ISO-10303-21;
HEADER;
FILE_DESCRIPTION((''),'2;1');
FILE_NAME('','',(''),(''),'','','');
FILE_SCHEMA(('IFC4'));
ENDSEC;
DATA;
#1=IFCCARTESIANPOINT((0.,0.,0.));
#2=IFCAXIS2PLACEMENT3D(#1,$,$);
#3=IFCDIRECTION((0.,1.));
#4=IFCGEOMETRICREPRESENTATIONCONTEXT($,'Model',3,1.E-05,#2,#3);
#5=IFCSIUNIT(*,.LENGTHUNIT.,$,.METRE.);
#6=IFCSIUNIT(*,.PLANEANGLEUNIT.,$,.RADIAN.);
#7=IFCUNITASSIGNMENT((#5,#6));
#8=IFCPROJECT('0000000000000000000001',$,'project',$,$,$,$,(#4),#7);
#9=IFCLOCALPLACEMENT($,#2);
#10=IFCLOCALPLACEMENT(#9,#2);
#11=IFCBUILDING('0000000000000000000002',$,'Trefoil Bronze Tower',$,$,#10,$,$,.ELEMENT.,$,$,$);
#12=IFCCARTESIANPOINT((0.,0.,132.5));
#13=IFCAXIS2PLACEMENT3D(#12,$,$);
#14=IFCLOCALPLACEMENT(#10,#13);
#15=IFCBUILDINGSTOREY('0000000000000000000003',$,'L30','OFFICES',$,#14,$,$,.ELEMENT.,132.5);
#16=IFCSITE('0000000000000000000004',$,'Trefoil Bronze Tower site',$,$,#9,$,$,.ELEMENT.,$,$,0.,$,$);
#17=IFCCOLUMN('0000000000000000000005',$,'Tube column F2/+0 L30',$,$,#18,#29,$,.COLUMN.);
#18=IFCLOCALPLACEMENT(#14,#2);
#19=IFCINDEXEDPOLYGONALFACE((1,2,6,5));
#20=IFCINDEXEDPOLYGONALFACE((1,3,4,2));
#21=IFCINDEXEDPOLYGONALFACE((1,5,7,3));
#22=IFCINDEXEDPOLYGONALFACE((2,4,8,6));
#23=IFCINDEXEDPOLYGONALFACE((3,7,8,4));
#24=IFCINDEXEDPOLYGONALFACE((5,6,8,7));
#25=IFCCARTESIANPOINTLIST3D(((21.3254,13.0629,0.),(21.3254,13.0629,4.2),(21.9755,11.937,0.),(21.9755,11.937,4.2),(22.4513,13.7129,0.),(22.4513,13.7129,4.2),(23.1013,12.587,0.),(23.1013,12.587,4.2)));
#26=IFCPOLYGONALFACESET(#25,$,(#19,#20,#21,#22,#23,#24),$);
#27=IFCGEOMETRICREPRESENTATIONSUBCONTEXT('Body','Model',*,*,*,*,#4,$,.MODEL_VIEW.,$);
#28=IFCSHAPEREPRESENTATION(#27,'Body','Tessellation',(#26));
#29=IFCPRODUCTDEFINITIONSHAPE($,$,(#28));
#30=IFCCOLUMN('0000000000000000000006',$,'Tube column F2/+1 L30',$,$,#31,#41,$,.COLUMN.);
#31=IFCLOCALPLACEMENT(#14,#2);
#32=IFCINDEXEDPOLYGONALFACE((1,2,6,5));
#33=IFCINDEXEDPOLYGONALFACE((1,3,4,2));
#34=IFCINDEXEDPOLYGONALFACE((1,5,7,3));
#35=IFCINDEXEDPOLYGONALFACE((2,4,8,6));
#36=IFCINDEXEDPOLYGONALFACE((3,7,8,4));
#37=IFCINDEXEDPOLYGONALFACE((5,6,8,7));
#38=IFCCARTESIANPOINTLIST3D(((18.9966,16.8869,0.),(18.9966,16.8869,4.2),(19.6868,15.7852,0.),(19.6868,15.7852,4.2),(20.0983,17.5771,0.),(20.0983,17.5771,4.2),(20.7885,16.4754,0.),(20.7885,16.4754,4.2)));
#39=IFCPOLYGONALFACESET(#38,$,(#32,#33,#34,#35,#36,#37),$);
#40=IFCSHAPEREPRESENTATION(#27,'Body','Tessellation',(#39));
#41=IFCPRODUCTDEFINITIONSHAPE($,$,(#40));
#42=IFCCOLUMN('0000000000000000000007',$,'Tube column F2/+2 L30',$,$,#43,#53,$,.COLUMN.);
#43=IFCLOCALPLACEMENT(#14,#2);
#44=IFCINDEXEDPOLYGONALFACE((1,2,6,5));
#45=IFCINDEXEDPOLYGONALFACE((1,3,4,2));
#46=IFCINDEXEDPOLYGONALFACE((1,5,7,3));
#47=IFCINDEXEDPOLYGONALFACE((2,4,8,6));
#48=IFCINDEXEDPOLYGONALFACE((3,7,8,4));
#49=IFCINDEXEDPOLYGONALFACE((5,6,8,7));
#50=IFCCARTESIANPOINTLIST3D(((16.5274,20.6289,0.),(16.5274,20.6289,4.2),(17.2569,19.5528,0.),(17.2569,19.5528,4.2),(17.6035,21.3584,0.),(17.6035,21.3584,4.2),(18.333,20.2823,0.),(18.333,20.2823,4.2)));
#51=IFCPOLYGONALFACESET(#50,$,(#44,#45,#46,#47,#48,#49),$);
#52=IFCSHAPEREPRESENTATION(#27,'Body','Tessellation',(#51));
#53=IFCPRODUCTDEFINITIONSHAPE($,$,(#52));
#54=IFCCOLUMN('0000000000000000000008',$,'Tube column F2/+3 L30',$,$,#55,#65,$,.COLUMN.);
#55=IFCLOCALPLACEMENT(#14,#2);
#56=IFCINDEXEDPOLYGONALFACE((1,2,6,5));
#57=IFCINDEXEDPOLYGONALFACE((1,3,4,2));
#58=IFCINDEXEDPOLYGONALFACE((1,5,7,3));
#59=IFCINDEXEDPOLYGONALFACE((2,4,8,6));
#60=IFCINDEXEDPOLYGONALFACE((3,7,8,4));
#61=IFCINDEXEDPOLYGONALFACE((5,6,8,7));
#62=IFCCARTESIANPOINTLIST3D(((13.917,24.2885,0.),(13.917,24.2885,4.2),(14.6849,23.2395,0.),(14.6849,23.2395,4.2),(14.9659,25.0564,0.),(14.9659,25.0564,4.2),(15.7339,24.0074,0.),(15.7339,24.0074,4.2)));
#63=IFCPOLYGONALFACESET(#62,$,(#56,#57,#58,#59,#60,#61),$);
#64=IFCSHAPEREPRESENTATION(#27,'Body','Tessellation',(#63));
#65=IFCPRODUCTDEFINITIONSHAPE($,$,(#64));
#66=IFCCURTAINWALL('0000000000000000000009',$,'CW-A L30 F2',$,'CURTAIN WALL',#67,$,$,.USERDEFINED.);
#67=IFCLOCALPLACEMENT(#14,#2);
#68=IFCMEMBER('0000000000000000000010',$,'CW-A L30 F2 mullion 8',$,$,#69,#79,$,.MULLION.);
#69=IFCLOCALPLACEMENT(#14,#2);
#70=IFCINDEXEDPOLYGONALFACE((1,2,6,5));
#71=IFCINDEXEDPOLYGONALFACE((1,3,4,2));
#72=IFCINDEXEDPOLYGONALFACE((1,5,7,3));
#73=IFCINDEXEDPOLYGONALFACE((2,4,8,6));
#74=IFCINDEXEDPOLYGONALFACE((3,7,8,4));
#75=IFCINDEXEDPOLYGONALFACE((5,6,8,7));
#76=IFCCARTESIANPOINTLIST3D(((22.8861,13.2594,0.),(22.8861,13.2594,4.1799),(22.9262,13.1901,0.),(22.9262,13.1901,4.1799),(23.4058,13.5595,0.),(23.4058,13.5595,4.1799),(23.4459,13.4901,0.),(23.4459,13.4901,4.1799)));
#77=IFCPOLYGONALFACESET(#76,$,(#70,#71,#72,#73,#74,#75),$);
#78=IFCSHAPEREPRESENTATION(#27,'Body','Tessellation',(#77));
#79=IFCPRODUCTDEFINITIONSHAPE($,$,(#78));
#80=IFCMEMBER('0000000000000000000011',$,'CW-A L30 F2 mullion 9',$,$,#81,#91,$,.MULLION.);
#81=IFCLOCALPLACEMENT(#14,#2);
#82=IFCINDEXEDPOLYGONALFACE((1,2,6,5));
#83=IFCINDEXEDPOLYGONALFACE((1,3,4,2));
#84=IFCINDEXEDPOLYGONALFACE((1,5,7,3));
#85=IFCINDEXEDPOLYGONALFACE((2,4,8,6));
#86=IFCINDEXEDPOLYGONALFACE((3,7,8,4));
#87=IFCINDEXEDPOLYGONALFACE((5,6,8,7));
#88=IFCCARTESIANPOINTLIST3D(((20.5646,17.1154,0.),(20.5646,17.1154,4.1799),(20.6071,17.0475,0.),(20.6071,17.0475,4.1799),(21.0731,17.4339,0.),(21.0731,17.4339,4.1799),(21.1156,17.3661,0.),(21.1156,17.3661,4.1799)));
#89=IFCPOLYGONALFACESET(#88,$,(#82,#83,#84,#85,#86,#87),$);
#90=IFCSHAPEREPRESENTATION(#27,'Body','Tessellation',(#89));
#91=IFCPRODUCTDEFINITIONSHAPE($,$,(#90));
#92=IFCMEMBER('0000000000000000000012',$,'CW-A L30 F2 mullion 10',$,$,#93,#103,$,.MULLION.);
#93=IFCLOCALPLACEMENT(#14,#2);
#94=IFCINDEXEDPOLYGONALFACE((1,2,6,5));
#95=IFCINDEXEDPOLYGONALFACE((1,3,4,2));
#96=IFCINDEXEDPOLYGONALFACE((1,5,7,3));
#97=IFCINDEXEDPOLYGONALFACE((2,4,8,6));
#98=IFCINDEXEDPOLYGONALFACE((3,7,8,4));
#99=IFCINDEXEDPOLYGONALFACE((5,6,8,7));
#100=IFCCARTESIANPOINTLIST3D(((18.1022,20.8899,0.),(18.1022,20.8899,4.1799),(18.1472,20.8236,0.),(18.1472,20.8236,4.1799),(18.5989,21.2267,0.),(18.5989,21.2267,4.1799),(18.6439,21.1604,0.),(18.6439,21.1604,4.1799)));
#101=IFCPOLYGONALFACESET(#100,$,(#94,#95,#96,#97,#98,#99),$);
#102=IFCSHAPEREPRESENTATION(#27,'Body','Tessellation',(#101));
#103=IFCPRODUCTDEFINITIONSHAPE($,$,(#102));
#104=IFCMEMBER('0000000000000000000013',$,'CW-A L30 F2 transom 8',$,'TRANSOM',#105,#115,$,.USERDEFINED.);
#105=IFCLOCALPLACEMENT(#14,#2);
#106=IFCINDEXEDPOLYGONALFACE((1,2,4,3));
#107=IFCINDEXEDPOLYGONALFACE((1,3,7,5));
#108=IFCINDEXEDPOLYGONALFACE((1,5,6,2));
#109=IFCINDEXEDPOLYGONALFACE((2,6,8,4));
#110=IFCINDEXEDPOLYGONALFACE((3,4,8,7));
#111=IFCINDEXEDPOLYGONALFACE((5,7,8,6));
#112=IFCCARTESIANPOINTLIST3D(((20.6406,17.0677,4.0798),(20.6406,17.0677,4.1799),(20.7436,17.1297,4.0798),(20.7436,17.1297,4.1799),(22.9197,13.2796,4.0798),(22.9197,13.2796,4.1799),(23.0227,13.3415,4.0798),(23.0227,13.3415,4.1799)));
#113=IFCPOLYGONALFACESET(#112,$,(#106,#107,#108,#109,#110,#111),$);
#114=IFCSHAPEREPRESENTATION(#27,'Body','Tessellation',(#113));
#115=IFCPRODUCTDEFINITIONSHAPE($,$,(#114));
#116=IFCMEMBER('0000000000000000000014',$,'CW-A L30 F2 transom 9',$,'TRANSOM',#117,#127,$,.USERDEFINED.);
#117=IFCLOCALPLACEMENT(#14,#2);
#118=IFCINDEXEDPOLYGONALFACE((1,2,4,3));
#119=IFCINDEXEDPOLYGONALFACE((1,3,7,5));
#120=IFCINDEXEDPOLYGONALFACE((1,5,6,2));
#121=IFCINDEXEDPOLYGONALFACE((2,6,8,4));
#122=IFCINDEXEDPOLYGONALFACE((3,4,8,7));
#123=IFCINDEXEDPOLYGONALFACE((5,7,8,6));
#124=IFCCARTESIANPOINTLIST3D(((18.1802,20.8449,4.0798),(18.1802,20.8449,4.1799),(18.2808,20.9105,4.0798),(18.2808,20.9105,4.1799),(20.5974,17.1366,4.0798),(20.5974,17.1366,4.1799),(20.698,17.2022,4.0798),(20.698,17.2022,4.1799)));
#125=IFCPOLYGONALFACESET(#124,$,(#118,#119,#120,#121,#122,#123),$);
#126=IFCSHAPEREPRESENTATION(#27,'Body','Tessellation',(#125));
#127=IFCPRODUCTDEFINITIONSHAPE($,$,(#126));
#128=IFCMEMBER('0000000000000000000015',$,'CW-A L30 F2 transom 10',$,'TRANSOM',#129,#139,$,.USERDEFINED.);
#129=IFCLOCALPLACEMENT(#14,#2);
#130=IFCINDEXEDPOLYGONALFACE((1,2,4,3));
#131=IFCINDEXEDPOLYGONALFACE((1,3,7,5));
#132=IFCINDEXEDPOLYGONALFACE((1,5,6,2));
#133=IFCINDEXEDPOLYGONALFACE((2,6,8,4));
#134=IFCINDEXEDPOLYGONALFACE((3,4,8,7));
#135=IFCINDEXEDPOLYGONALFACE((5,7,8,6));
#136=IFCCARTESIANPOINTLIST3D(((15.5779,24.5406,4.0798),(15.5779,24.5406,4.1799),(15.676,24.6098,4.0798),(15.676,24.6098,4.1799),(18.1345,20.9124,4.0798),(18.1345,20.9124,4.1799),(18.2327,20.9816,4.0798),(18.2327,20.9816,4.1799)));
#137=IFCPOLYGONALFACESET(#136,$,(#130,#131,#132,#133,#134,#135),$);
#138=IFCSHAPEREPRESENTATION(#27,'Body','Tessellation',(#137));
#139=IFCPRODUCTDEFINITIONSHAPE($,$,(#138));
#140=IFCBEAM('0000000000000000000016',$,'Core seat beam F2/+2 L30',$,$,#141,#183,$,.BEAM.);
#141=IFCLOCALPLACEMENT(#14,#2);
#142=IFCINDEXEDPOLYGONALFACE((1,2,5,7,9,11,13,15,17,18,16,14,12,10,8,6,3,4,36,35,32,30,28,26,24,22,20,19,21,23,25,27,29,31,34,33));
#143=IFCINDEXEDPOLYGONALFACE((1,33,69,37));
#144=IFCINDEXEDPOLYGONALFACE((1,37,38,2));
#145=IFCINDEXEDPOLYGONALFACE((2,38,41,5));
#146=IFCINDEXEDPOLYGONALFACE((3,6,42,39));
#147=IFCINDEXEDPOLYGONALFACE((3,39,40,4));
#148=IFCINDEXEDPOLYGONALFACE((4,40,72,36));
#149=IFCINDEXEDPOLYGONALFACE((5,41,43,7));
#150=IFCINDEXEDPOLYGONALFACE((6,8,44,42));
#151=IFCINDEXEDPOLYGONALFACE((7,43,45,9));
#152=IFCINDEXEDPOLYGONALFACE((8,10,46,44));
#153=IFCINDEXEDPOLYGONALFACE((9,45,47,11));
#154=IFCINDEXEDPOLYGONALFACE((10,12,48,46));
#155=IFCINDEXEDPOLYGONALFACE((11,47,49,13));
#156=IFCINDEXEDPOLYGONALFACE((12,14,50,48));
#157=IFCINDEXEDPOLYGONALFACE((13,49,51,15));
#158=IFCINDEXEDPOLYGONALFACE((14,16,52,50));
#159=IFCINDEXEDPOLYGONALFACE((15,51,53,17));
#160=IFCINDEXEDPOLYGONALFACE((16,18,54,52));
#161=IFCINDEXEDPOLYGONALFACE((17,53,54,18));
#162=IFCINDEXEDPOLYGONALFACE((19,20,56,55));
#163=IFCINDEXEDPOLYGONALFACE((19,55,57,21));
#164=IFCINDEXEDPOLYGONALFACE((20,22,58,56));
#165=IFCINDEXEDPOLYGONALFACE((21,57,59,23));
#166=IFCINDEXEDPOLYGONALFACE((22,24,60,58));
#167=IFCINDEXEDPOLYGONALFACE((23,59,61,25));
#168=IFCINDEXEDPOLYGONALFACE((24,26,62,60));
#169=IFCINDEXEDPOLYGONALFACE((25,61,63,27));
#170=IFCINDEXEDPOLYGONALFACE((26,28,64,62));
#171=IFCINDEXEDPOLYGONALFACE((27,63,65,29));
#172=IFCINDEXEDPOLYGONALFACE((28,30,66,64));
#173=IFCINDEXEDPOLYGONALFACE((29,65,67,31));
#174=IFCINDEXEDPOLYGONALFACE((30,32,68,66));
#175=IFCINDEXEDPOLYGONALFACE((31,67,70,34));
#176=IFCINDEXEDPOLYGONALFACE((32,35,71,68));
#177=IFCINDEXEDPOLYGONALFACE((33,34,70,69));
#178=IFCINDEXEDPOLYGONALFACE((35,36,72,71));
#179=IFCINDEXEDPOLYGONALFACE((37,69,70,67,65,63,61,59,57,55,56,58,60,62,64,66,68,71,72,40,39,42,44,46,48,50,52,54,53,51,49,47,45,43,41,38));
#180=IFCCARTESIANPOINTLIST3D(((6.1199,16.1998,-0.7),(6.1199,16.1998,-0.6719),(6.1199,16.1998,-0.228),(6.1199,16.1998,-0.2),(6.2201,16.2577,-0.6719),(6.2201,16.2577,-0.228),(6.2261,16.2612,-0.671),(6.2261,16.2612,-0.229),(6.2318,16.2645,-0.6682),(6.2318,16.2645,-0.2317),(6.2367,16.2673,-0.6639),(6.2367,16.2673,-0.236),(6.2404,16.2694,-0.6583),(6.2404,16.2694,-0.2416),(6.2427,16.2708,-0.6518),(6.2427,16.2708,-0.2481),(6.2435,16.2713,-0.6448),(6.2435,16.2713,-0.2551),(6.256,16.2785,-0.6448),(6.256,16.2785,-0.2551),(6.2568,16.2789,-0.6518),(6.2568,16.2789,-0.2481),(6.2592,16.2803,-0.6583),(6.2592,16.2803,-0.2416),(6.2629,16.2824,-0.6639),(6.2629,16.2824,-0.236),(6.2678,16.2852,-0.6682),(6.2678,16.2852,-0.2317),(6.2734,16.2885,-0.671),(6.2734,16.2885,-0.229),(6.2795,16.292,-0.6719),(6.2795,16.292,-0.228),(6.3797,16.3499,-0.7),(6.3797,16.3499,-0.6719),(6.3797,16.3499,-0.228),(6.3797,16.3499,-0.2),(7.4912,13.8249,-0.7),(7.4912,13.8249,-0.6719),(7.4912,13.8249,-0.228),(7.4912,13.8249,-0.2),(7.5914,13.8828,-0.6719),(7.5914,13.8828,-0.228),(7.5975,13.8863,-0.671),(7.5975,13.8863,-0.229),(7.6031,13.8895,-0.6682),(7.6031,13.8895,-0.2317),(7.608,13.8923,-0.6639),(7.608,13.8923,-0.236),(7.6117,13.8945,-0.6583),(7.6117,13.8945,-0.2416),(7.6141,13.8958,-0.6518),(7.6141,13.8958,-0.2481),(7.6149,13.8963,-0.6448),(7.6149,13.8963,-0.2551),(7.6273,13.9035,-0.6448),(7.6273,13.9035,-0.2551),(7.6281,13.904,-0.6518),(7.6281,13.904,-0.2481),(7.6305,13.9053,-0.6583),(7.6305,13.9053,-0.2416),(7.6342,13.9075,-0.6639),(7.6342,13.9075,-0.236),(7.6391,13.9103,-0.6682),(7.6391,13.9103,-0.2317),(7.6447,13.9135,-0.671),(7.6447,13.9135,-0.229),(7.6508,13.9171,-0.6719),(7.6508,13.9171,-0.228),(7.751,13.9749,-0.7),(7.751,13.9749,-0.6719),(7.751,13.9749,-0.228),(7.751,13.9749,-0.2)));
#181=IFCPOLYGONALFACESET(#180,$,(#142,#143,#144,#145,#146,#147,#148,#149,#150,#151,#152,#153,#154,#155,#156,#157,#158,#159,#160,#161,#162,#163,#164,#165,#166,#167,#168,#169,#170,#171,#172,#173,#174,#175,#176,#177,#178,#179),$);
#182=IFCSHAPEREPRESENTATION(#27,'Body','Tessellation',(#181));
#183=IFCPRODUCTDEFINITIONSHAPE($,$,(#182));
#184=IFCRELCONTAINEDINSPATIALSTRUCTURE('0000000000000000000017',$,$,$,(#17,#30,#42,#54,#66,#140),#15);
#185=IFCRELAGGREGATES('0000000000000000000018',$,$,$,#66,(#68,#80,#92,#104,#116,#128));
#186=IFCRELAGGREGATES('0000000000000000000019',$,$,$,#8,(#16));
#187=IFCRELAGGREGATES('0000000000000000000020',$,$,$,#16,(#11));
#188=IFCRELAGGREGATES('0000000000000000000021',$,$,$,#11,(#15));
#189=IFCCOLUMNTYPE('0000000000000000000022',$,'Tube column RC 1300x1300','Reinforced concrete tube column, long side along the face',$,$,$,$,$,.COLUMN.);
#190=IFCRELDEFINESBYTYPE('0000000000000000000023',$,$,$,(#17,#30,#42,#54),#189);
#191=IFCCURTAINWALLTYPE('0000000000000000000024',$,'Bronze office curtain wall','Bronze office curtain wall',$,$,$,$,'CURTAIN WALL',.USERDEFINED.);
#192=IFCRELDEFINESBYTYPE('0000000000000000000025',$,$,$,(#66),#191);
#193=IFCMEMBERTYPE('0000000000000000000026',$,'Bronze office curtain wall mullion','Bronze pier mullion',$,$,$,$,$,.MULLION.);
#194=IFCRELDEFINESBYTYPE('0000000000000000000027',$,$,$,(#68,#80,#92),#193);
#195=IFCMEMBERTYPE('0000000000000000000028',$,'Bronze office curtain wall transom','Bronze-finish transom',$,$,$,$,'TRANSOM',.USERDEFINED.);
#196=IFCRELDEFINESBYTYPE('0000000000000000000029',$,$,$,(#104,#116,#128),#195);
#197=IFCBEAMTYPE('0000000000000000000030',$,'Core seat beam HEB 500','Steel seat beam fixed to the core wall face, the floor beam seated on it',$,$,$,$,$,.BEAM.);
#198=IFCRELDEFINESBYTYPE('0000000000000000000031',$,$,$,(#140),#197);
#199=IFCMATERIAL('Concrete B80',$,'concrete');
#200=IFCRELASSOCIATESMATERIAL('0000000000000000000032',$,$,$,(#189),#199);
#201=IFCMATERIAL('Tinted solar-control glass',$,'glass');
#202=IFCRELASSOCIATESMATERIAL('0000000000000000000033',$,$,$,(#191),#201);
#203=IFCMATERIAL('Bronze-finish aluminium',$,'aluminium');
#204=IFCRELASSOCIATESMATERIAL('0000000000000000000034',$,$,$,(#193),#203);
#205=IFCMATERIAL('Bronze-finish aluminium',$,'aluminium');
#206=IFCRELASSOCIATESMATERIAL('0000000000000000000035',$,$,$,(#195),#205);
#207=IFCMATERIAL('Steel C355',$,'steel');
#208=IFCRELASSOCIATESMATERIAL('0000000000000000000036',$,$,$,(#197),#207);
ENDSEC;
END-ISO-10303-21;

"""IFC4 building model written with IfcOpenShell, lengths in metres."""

from ifc_helpers import new_model, si_unit, direction, frame, origin, origin_2d, place, context, subcontext, project, spatial, rectangle, i_section, extrude, material, material_profile, profile_set, type_object, element, aggregate, save


model = new_model("IFC4")

# Units and contexts
model_context = context("Model", 3, precision=1e-05, world=origin(), true_north=direction((0.0, 1.0)))
body_context = subcontext(model_context, "Body", "Model", "MODEL_VIEW")
ifc_project = project(units=[si_unit("LENGTHUNIT", "METRE"), si_unit("PLANEANGLEUNIT", "RADIAN")], contexts=[model_context])

# Site, building, storey
site_placement = place(None, origin())
site = spatial("IfcSite", under=ifc_project, at=site_placement, Name="Trefoil Bronze Tower site", CompositionType="ELEMENT", RefElevation=0.0)
building_placement = place(site_placement, origin())
building = spatial("IfcBuilding", under=site, at=building_placement, Name="Trefoil Bronze Tower", CompositionType="ELEMENT")
storey_placement = place(building_placement, frame((0.0, 0.0, 132.5)))
storey = spatial("IfcBuildingStorey", under=building, at=storey_placement, Name="L30", Description="OFFICES", CompositionType="ELEMENT", Elevation=132.5)

# Columns
ifc_material_1 = material(Name="Concrete B80", Category="concrete")
ifc_material_profile_1 = material_profile(ifc_material_1, rectangle(XDim=1.3, YDim=1.3, at=origin_2d()), Name="RC 1300x1300")
ifc_profile_set_1 = profile_set([ifc_material_profile_1], Name="Concrete B80")
column_type = type_object("IfcColumnType", Name="Tube column RC 1300x1300", Description="Reinforced concrete tube column, long side along the face", PredefinedType="COLUMN", material=ifc_profile_set_1)
for number, where, z_axis, x_axis, name in (
    (1, (22.2134, 12.825, 0.0), (0.0, 0.0, 1.0), (-0.5, 0.866025, 0.0), "Tube column F2/+0 L30"),
    (2, (19.8926, 16.6812, 0.0), (0.0, 0.0, 1.0), (-0.530893, 0.847439, 0.0), "Tube column F2/+1 L30"),
    (3, (17.4302, 20.4556, 0.0), (0.0, 0.0, 1.0), (-0.561136, 0.827724, 0.0), "Tube column F2/+2 L30"),
    (4, (14.8254, 24.1479, 0.0), (0.0, 0.0, 1.0), (-0.590723, 0.806875, 0.0), "Tube column F2/+3 L30"),
):
    element("IfcColumn", number, at=place(storey_placement, frame(where, z_axis=z_axis, x_axis=x_axis)), inside=storey, type_object=column_type, Name=name, PredefinedType="COLUMN", context=body_context, shape_type="SweptSolid", body=[
        extrude(rectangle(XDim=1.3, YDim=1.3, at=origin_2d()), origin(), (0.0, 0.0, 1.0), 4.2),
    ])

# Curtain wall, members
ifc_material_2 = material(Name="Tinted solar-control glass", Category="glass")
curtain_wall_type = type_object("IfcCurtainWallType", Name="Bronze office curtain wall", Description="Bronze office curtain wall", ElementType="CURTAIN WALL", PredefinedType="USERDEFINED", material=ifc_material_2)
curtain_wall_placement = place(storey_placement, origin())
curtain_wall = element("IfcCurtainWall", 5, at=curtain_wall_placement, inside=storey, type_object=curtain_wall_type, Name="CW-A L30 F2", ObjectType="CURTAIN WALL", PredefinedType="USERDEFINED")
ifc_material_3 = material(Name="Bronze-finish aluminium", Category="aluminium")
ifc_material_profile_2 = material_profile(ifc_material_3, rectangle(XDim=0.6001, YDim=0.0801, at=origin_2d()), Name="CW-A mullion")
ifc_profile_set_2 = profile_set([ifc_material_profile_2], Name="Bronze-finish aluminium")
member_type_1 = type_object("IfcMemberType", Name="Bronze office curtain wall mullion", Description="Bronze pier mullion", PredefinedType="MULLION", material=ifc_profile_set_2)
member_1_placement = place(storey_placement, frame((23.166, 13.3748, 0.0), z_axis=(0.0, 0.0, 1.0), x_axis=(-0.866025, -0.5, 0.0)))
member_1 = element("IfcMember", 6, at=member_1_placement, type_object=member_type_1, Name="CW-A L30 F2 mullion 8", PredefinedType="MULLION", context=body_context, shape_type="SweptSolid", body=[
    extrude(rectangle(XDim=0.6001, YDim=0.0801, at=origin_2d()), origin(), (0.0, 0.0, 1.0), 4.1799),
])
member_2_placement = place(storey_placement, frame((20.8401, 17.2407, 0.0), z_axis=(0.0, 0.0, 1.0), x_axis=(-0.847439, -0.530893, 0.0)))
member_2 = element("IfcMember", 7, at=member_2_placement, type_object=member_type_1, Name="CW-A L30 F2 mullion 9", PredefinedType="MULLION", context=body_context, shape_type="SweptSolid", body=[
    extrude(rectangle(XDim=0.6001, YDim=0.0801, at=origin_2d()), origin(), (0.0, 0.0, 1.0), 4.1799),
])
member_3_placement = place(storey_placement, frame((18.373, 21.0251, 0.0), z_axis=(0.0, 0.0, 1.0), x_axis=(-0.827724, -0.561136, 0.0)))
member_3 = element("IfcMember", 8, at=member_3_placement, type_object=member_type_1, Name="CW-A L30 F2 mullion 10", PredefinedType="MULLION", context=body_context, shape_type="SweptSolid", body=[
    extrude(rectangle(XDim=0.6001, YDim=0.0801, at=origin_2d()), origin(), (0.0, 0.0, 1.0), 4.1799),
])
ifc_material_4 = material(Name="Bronze-finish aluminium", Category="aluminium")
ifc_material_profile_3 = material_profile(ifc_material_4, rectangle(XDim=0.1201, YDim=0.1001, at=origin_2d()), Name="CW-A transom")
ifc_profile_set_3 = profile_set([ifc_material_profile_3], Name="Bronze-finish aluminium")
member_type_2 = type_object("IfcMemberType", Name="Bronze office curtain wall transom", Description="Bronze-finish transom", ElementType="TRANSOM", PredefinedType="USERDEFINED", material=ifc_profile_set_3)
member_4_placement = place(storey_placement, frame((22.9712, 13.3105, 4.1299), z_axis=(-0.515527, 0.856873, 0.0), x_axis=(-0.856873, -0.515527, 0.0)))
member_4 = element("IfcMember", 9, at=member_4_placement, type_object=member_type_2, Name="CW-A L30 F2 transom 8", ObjectType="TRANSOM", PredefinedType="USERDEFINED", context=body_context, shape_type="SweptSolid", body=[
    extrude(rectangle(XDim=0.1201, YDim=0.1001, at=origin_2d()), origin(), (0.0, 0.0, 1.0), 4.4209),
])
member_5_placement = place(storey_placement, frame((20.6477, 17.1694, 4.1299), z_axis=(-0.546079, 0.837733, 0.0), x_axis=(-0.837733, -0.546079, 0.0)))
member_5 = element("IfcMember", 10, at=member_5_placement, type_object=member_type_2, Name="CW-A L30 F2 transom 9", ObjectType="TRANSOM", PredefinedType="USERDEFINED", context=body_context, shape_type="SweptSolid", body=[
    extrude(rectangle(XDim=0.1201, YDim=0.1001, at=origin_2d()), origin(), (0.0, 0.0, 1.0), 4.4265),
])
member_6_placement = place(storey_placement, frame((18.1836, 20.947, 4.1299), z_axis=(-0.576018, 0.817437, 0.0), x_axis=(-0.817437, -0.576018, 0.0)))
member_6 = element("IfcMember", 11, at=member_6_placement, type_object=member_type_2, Name="CW-A L30 F2 transom 10", ObjectType="TRANSOM", PredefinedType="USERDEFINED", context=body_context, shape_type="SweptSolid", body=[
    extrude(rectangle(XDim=0.1201, YDim=0.1001, at=origin_2d()), origin(), (0.0, 0.0, 1.0), 4.4385),
])

# Beam
ifc_material_5 = material(Name="Steel C355", Category="steel")
ifc_material_profile_4 = material_profile(ifc_material_5, i_section(OverallWidth=0.3, OverallDepth=0.5, WebThickness=0.0144, FlangeThickness=0.0281, FilletRadius=0.0271, at=origin_2d()), Name="HEB 500")
ifc_profile_set_4 = profile_set([ifc_material_profile_4], Name="Steel C355")
beam_type_1 = type_object("IfcBeamType", Name="Core seat beam HEB 500", Description="Steel seat beam fixed to the core wall face, the floor beam seated on it", PredefinedType="BEAM", material=ifc_profile_set_4)
beam_1_placement = place(storey_placement, frame((7.6211, 13.8999, -0.45), z_axis=(-0.500036, 0.866005, 0.0), x_axis=(-0.866005, -0.500036, 0.0)))
element("IfcBeam", 12, at=beam_1_placement, inside=storey, type_object=beam_type_1, Name="Core seat beam F2/+2 L30", PredefinedType="BEAM", context=body_context, shape_type="SweptSolid", body=[
    extrude(i_section(OverallWidth=0.3, OverallDepth=0.5, WebThickness=0.0144, FlangeThickness=0.0281, FilletRadius=0.0271, at=origin_2d()), origin(), (0.0, 0.0, 1.0), 2.7424),
])

aggregate(curtain_wall, [member_1, member_2, member_3, member_4, member_5, member_6])

save(model, "model.ifc")
